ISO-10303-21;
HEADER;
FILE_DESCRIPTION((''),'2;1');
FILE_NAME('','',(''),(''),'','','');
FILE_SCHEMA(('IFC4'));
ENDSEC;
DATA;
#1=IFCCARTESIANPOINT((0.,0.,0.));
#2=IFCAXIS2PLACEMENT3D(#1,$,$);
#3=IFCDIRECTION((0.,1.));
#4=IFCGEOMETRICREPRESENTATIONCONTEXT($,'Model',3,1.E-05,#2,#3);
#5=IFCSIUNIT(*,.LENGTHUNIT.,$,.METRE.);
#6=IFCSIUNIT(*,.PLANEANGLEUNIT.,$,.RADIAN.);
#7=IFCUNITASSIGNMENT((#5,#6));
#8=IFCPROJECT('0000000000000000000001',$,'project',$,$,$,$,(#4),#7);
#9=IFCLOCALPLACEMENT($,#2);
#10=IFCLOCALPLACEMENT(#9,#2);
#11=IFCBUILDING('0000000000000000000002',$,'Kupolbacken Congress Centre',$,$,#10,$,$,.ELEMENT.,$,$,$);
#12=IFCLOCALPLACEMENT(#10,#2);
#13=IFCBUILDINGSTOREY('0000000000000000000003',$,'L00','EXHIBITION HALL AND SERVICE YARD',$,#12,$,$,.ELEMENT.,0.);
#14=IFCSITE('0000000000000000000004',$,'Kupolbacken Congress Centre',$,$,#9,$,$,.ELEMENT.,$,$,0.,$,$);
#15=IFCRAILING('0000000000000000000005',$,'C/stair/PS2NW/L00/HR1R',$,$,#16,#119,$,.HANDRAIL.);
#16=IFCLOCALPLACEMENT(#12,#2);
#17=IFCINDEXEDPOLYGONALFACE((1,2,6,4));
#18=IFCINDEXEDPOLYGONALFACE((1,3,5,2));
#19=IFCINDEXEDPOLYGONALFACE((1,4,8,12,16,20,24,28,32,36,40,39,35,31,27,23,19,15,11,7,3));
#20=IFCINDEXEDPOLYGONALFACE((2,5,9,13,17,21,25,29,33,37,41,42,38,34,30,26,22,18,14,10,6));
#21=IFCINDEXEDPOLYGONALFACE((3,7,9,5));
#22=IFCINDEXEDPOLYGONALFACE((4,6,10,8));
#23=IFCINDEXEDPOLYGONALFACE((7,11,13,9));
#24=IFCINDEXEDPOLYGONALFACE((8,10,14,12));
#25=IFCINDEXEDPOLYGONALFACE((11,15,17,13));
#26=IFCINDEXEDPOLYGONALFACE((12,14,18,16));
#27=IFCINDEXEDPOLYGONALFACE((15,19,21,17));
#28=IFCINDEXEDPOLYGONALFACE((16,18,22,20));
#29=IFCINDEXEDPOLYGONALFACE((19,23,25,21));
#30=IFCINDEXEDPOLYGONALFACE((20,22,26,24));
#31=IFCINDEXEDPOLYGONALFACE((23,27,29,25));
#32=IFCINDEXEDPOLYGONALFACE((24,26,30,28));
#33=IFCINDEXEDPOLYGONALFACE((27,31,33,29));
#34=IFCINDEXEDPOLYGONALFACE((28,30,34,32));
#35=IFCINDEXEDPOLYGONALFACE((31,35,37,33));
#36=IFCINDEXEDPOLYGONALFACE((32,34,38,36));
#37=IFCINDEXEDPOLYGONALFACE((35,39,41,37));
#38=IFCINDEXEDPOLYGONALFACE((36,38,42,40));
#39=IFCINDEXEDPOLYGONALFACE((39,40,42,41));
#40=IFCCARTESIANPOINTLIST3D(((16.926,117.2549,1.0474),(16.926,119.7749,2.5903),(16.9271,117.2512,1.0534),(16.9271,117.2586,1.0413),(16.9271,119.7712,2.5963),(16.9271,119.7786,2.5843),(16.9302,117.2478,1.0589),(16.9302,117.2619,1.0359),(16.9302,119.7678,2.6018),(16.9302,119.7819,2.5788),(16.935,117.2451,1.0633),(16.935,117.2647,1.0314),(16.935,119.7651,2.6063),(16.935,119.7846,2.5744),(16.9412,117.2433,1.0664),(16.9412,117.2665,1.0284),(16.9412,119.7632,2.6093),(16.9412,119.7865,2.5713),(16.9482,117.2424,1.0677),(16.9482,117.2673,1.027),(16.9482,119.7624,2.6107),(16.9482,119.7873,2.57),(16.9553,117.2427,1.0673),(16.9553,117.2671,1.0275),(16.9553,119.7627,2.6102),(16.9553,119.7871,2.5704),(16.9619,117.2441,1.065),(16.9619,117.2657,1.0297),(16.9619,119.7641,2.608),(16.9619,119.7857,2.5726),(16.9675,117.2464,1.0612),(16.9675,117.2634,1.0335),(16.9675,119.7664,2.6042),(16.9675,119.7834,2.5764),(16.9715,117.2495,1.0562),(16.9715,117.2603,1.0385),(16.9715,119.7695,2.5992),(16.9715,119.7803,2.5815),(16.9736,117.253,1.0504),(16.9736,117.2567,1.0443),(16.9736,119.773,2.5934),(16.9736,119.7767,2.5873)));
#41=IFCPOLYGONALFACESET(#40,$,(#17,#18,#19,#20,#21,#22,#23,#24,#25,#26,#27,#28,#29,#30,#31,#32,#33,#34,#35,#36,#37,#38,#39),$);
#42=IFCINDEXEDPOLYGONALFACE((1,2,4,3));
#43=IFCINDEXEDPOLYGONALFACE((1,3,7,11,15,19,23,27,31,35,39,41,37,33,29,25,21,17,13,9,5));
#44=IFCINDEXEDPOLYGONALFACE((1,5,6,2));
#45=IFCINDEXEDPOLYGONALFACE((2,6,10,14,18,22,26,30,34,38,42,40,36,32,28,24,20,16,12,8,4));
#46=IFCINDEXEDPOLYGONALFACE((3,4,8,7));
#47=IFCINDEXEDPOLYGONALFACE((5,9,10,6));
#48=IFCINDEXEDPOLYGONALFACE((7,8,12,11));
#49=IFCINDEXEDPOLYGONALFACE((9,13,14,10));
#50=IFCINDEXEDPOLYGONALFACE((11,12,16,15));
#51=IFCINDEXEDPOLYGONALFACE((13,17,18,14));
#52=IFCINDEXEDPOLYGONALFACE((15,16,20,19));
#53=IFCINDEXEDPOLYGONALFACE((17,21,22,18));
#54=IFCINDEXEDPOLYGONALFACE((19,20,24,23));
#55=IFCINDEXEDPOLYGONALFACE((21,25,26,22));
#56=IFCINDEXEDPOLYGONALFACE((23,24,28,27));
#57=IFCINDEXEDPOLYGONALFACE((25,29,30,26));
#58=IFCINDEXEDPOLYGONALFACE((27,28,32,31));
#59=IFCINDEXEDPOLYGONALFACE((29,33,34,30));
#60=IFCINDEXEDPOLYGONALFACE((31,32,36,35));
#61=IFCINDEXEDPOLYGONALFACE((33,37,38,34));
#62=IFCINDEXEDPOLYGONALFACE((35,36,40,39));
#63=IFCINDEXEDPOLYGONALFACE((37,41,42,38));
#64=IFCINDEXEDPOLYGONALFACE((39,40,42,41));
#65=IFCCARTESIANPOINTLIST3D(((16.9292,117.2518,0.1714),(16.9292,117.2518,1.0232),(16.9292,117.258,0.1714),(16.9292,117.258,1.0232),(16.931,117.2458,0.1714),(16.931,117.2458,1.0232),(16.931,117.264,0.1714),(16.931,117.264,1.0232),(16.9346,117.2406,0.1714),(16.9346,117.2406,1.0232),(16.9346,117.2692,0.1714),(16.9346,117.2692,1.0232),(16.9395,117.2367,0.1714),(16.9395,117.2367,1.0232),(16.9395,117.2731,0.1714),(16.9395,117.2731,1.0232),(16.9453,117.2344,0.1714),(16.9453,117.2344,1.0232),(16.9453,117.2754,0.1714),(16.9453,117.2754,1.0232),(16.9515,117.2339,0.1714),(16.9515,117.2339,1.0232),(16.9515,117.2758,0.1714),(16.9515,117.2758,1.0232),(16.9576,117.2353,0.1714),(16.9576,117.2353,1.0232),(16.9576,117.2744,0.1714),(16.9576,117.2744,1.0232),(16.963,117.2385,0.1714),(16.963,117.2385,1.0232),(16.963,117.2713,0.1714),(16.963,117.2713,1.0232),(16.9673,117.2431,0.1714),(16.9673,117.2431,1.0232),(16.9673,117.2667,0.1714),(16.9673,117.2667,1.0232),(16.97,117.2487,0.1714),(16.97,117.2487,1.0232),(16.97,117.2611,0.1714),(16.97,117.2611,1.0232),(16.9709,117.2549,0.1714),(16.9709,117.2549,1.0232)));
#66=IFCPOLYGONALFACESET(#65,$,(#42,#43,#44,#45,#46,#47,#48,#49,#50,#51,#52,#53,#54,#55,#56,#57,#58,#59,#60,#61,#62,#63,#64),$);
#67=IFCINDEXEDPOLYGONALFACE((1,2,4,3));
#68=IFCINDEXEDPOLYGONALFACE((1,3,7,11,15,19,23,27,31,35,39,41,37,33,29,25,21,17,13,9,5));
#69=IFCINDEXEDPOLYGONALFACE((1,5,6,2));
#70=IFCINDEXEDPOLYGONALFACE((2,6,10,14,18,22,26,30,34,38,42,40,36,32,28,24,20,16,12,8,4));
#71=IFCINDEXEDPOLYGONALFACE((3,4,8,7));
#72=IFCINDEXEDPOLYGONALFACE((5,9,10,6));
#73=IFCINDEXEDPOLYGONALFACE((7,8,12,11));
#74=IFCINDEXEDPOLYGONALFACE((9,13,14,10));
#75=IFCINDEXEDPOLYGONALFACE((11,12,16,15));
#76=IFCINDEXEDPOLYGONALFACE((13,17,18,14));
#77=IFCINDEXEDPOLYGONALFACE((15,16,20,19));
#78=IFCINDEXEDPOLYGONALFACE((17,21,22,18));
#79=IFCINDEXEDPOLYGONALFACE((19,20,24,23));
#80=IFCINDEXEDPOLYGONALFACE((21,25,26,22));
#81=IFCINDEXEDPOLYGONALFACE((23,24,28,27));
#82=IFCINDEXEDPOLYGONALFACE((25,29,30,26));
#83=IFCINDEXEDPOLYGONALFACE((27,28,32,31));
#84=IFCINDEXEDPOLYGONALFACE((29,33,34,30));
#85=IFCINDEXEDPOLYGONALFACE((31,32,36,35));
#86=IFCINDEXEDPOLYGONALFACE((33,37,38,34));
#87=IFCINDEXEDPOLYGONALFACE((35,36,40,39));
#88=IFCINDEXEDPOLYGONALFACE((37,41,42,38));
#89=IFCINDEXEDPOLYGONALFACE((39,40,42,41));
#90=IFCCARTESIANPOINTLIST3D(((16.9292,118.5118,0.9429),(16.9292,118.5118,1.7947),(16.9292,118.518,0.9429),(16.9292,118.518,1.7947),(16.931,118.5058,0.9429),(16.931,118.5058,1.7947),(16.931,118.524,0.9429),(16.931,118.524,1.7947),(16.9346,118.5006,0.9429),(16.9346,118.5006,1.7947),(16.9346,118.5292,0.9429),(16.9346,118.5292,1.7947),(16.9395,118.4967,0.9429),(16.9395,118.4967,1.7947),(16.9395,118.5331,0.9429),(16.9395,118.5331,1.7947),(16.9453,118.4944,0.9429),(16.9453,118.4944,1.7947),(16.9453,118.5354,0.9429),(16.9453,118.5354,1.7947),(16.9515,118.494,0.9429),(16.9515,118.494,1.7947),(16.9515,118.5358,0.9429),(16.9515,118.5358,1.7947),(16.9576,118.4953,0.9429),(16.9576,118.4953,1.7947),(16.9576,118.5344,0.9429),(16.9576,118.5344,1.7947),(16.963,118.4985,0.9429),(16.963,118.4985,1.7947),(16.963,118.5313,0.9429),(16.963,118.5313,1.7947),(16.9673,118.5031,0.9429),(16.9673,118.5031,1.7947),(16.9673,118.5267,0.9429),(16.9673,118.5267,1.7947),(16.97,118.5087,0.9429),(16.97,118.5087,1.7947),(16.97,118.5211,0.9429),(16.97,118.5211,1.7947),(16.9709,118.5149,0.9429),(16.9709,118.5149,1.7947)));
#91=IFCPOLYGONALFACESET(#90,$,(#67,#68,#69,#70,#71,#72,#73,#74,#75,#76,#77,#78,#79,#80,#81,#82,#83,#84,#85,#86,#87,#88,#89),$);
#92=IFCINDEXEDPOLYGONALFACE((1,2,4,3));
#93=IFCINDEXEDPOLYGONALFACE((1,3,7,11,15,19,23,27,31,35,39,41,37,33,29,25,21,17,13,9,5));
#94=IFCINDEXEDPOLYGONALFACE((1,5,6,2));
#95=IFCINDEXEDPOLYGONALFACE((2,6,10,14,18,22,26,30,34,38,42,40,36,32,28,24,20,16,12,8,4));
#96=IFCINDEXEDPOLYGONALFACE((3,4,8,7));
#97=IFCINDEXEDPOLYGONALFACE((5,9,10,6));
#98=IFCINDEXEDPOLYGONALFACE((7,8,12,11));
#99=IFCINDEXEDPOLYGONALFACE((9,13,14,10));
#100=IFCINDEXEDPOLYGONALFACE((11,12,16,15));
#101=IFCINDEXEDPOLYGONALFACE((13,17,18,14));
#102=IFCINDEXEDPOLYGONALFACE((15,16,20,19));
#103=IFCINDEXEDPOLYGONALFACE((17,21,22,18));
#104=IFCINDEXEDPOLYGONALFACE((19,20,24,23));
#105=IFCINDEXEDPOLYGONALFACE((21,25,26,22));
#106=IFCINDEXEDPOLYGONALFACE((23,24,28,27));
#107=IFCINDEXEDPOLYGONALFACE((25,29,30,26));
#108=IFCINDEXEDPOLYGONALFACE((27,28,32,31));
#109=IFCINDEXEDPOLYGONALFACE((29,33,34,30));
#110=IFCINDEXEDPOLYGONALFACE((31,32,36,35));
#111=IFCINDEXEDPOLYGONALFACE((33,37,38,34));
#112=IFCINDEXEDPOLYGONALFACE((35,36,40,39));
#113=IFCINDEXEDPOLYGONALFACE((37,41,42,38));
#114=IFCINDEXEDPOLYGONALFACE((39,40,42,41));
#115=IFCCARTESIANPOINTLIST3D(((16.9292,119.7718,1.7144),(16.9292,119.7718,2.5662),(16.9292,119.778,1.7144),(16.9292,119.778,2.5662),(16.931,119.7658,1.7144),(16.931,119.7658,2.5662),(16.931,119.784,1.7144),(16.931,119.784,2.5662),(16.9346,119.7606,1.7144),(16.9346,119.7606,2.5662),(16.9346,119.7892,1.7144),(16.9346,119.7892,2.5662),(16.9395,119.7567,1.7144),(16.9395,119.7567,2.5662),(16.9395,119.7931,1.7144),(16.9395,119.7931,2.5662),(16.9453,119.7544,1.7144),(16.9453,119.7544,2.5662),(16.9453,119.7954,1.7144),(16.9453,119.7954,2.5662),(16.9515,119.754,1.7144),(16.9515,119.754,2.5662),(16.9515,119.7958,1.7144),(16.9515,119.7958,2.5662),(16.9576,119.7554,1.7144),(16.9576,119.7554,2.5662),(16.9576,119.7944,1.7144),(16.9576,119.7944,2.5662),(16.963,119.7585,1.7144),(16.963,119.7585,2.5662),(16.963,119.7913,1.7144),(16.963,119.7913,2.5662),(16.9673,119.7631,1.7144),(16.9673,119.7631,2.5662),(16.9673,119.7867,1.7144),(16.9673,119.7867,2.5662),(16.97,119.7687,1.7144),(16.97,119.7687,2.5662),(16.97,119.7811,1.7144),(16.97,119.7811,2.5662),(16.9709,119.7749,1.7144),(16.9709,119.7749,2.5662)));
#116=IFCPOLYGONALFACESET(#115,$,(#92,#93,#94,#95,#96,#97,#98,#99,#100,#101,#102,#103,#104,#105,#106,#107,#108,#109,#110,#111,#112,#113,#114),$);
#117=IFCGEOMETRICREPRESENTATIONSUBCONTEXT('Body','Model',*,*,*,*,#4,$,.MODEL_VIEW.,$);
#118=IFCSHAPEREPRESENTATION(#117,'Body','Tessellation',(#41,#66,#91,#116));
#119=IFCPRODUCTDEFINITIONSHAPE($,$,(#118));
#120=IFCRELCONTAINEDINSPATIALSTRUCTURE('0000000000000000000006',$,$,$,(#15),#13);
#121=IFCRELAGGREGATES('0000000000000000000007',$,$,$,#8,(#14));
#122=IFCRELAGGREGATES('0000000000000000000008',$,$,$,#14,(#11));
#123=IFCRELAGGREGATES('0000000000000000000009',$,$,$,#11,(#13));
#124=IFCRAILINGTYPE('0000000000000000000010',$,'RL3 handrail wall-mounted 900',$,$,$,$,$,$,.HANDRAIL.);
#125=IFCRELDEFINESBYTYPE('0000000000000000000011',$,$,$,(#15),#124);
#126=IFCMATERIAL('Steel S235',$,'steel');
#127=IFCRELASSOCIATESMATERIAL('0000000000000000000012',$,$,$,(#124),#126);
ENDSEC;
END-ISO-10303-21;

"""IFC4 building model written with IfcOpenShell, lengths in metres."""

from ifc_helpers import new_model, si_unit, direction, frame, origin, origin_2d, place, context, subcontext, project, spatial, circle, extrude, material, type_object, element, save


model = new_model("IFC4")

# Units and contexts
model_context = context("Model", 3, precision=1e-05, world=origin(), true_north=direction((0.0, 1.0)))
body_context = subcontext(model_context, "Body", "Model", "MODEL_VIEW")
ifc_project = project(units=[si_unit("LENGTHUNIT", "METRE"), si_unit("PLANEANGLEUNIT", "RADIAN")], contexts=[model_context])

# Site, building, storey
site_placement = place(None, origin())
site = spatial("IfcSite", under=ifc_project, at=site_placement, Name="Kupolbacken Congress Centre", CompositionType="ELEMENT", RefElevation=0.0)
building_placement = place(site_placement, origin())
building = spatial("IfcBuilding", under=site, at=building_placement, Name="Kupolbacken Congress Centre", CompositionType="ELEMENT")
storey_placement = place(building_placement, origin())
storey = spatial("IfcBuildingStorey", under=building, at=storey_placement, Name="L00", Description="EXHIBITION HALL AND SERVICE YARD", CompositionType="ELEMENT", Elevation=0.0)

# Railing
ifc_material_1 = material(Name="Steel S235", Category="steel")
railing_type = type_object("IfcRailingType", Name="RL3 handrail wall-mounted 900", PredefinedType="HANDRAIL", material=ifc_material_1)
railing_placement = place(storey_placement, frame((16.95, 117.2549, 0.1714)))
element("IfcRailing", 1, at=railing_placement, inside=storey, type_object=railing_type, Name="C/stair/PS2NW/L00/HR1R", PredefinedType="HANDRAIL", context=body_context, shape_type="SweptSolid", body=[
    extrude(circle(Radius=0.0239, at=origin_2d()), frame((0.0, 0.0, 0.876), z_axis=(0.0, 0.852836, 0.522178), x_axis=(-1.0, 0.0, 0.0)), (0.0, 0.0, 1.0), 2.9548),
    extrude(circle(Radius=0.021, at=origin_2d()), origin(), (0.0, 0.0, 1.0), 0.8518),
    extrude(circle(Radius=0.021, at=origin_2d()), frame((0.0, 1.26, 0.7715)), (0.0, 0.0, 1.0), 0.8518),
    extrude(circle(Radius=0.021, at=origin_2d()), frame((0.0, 2.52, 1.543)), (0.0, 0.0, 1.0), 0.8518),
])

save(model, "model.ifc")
